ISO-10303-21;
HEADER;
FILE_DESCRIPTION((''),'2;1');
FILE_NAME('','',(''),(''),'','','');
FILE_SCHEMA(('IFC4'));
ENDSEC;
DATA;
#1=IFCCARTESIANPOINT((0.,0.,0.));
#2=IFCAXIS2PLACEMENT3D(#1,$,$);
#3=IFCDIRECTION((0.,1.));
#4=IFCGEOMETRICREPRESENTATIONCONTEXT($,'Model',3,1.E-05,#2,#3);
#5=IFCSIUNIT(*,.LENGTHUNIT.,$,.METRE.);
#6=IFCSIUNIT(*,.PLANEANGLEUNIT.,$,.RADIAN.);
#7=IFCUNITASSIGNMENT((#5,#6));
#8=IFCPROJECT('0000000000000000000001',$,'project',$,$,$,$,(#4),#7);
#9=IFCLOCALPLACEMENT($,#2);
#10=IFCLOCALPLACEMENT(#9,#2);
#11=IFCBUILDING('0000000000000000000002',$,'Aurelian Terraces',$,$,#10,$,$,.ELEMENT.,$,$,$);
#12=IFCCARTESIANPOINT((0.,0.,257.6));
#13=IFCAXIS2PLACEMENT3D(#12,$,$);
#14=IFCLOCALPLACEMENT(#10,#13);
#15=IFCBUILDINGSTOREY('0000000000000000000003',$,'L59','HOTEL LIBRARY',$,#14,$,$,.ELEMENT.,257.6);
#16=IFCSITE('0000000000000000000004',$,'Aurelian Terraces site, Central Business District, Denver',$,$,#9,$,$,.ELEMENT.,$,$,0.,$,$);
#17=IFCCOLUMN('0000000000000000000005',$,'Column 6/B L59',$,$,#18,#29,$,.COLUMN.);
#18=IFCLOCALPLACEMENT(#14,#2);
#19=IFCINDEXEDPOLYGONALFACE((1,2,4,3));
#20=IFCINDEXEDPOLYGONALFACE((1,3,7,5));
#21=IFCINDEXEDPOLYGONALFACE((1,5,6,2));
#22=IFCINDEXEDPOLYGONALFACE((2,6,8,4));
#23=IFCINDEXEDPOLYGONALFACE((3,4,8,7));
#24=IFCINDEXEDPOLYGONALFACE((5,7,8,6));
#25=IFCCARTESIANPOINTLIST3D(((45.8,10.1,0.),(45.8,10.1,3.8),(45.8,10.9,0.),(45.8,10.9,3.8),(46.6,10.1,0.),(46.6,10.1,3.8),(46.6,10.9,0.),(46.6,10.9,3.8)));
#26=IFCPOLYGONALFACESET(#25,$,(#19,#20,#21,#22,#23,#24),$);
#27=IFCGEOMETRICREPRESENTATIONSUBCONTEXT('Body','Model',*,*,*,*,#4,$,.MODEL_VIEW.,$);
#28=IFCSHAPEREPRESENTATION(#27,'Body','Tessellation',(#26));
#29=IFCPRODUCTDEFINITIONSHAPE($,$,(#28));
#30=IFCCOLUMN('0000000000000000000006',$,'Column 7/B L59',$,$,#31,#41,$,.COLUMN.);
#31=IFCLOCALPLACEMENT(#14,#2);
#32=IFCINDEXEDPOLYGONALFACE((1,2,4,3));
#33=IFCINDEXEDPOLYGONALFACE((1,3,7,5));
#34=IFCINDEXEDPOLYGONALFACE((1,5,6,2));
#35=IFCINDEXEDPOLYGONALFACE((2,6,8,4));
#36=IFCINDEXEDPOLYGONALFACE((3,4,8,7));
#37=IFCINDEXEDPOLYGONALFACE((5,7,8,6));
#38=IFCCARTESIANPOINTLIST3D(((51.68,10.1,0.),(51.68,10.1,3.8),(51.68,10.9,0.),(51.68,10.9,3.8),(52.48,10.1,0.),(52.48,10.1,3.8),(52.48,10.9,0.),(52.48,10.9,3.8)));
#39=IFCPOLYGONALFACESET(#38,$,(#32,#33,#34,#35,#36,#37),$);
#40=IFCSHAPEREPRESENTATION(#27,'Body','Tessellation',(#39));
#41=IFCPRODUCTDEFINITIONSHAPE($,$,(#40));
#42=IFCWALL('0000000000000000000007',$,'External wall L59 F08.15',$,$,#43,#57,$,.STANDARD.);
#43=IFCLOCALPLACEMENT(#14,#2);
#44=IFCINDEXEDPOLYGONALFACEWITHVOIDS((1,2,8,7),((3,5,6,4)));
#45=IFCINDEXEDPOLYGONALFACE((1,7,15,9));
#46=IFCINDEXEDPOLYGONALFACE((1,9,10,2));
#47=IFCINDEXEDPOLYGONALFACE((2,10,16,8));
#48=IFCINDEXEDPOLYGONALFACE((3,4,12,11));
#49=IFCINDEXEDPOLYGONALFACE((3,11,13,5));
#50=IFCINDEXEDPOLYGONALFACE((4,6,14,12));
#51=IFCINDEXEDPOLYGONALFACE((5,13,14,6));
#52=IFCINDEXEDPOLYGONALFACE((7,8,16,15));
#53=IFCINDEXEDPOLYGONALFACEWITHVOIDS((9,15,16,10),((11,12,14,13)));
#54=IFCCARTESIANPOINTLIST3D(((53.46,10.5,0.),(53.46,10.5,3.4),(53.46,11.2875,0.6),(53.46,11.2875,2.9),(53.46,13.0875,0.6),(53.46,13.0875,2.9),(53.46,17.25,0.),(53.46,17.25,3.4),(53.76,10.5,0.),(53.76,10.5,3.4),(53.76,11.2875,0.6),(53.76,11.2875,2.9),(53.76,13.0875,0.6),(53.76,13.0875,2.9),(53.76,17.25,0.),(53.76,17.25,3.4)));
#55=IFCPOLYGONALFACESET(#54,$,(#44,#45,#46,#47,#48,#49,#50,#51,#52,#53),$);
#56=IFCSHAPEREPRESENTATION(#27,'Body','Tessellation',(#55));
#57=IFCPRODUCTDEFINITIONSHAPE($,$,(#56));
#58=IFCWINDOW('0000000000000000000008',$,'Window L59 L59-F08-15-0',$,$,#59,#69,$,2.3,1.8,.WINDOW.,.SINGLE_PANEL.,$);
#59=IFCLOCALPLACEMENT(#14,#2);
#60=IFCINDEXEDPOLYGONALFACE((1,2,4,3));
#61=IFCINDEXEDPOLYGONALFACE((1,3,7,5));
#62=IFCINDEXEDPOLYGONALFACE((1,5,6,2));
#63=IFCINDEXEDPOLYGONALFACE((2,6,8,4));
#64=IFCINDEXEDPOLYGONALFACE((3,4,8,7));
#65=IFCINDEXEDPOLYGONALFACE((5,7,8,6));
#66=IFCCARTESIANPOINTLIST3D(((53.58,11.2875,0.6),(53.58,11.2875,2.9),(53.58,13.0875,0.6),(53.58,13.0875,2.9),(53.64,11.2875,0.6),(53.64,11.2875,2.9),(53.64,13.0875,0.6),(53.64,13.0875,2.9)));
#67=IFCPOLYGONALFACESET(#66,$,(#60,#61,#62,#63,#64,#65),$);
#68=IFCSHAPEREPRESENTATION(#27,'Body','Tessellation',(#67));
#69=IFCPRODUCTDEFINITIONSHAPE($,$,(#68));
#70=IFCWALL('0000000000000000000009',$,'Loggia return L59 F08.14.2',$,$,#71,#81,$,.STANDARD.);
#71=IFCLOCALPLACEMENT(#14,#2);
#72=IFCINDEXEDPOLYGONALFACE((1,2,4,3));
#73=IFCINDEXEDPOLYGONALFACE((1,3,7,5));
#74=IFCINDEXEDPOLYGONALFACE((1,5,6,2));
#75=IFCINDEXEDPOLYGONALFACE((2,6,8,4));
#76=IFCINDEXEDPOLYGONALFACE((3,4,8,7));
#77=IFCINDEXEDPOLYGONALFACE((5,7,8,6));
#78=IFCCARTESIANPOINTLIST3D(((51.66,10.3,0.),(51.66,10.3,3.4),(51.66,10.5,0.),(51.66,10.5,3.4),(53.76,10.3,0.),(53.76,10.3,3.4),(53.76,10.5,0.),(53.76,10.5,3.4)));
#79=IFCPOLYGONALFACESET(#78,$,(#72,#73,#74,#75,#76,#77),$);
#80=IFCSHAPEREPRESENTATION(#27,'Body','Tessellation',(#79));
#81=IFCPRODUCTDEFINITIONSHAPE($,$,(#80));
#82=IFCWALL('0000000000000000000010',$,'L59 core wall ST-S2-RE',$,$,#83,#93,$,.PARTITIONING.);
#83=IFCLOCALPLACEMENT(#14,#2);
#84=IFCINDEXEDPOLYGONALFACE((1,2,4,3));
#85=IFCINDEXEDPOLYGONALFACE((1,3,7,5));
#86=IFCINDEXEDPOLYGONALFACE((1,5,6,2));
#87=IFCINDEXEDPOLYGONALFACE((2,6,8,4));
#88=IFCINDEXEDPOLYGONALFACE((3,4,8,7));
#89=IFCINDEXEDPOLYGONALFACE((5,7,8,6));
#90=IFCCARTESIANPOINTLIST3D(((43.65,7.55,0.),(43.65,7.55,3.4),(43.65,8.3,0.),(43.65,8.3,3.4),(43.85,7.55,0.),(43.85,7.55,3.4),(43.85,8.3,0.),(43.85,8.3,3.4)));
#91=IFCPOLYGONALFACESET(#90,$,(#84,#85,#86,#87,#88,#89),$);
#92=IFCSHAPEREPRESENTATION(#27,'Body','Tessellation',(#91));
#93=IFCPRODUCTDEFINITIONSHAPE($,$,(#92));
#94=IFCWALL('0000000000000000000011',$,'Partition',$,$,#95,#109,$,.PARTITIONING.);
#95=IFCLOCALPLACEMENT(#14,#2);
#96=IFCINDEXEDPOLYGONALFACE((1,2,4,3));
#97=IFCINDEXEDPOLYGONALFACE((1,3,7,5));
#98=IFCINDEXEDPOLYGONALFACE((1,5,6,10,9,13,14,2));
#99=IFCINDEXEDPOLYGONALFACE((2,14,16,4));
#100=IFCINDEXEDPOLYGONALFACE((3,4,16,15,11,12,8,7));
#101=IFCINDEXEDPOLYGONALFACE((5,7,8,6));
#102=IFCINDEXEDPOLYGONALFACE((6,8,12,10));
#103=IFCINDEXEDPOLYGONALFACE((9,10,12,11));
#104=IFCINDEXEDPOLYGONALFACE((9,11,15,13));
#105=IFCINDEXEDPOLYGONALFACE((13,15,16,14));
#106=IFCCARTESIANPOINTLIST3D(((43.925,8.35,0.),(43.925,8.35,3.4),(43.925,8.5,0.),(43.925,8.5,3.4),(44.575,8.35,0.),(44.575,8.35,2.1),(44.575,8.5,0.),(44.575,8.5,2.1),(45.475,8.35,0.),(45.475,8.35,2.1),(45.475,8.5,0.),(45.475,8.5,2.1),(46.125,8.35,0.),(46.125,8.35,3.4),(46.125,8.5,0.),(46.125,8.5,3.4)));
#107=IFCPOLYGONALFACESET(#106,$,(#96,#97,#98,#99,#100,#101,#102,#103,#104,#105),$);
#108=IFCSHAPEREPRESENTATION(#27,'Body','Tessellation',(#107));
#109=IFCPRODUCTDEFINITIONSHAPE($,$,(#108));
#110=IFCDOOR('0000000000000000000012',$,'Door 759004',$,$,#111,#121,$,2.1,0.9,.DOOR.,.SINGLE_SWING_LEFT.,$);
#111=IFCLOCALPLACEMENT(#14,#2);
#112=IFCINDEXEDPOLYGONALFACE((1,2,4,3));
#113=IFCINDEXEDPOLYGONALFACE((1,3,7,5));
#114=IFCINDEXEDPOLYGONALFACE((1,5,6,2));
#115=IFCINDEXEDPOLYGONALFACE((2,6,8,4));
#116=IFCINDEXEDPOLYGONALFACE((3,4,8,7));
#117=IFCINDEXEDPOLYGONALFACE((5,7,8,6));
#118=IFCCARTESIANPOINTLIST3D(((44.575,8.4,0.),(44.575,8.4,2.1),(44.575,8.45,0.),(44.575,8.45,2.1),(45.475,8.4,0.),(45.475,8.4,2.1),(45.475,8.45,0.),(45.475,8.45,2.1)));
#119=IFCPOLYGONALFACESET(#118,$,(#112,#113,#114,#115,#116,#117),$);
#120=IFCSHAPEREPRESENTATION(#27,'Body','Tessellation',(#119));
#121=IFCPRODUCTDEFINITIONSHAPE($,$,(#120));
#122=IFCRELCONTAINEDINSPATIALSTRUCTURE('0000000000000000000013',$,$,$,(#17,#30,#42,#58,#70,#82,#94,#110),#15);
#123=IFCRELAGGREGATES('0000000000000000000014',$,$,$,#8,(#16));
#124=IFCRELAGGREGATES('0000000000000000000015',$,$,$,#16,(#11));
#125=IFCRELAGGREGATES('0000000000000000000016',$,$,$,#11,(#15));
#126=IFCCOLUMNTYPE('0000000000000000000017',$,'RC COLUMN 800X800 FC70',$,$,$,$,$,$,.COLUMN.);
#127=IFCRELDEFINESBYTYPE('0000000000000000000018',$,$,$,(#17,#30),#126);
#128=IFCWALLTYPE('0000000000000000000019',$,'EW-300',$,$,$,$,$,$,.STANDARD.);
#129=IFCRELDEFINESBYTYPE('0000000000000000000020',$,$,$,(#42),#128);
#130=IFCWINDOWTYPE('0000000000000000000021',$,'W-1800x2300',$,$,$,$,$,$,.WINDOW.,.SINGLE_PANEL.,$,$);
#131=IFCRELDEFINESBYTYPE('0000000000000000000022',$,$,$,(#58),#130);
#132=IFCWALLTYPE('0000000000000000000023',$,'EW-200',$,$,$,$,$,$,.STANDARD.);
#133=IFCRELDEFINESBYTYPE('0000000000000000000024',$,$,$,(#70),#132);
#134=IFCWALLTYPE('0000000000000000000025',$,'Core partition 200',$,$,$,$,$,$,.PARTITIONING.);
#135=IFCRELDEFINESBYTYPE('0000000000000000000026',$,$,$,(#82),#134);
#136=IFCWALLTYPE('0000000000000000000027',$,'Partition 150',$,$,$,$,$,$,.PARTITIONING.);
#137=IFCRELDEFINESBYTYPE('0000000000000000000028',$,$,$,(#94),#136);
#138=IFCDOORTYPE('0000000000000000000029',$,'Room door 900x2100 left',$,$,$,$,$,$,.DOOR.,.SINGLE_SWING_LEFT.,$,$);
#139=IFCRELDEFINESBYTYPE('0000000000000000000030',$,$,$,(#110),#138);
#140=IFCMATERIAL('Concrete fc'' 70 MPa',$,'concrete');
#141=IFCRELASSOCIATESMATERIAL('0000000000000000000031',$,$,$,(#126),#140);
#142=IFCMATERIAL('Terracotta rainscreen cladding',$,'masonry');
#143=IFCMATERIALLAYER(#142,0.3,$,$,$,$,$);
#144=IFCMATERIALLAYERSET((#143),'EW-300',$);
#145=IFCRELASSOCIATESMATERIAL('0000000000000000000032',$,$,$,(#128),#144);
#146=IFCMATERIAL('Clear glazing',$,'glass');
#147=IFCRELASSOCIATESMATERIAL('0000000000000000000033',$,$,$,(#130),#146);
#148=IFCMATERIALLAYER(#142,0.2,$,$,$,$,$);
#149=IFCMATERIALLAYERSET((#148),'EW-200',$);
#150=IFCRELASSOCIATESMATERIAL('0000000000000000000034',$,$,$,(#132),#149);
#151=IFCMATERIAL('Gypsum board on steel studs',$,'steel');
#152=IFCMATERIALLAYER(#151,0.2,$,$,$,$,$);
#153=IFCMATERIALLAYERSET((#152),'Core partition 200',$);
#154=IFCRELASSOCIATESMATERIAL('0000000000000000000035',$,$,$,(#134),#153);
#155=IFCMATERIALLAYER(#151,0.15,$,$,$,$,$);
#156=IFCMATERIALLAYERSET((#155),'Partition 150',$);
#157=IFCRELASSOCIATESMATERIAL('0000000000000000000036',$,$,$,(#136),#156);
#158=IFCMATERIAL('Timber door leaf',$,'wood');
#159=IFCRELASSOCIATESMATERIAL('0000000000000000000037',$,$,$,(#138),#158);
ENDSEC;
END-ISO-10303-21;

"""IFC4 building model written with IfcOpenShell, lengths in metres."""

from ifc_helpers import new_model, si_unit, direction, frame, frame_2d, origin, origin_2d, place, context, subcontext, project, spatial, rectangle, extrude, source, transform, mapped, material, layer, layer_set, material_profile, profile_set, type_object, element, fill, save


model = new_model("IFC4")

# Units and contexts
model_context = context("Model", 3, precision=1e-05, world=origin(), true_north=direction((0.0, 1.0)))
body_context = subcontext(model_context, "Body", "Model", "MODEL_VIEW")
ifc_project = project(units=[si_unit("LENGTHUNIT", "METRE"), si_unit("PLANEANGLEUNIT", "RADIAN")], contexts=[model_context])

# Site, building, storey
site_placement = place(None, origin())
site = spatial("IfcSite", under=ifc_project, at=site_placement, Name="Aurelian Terraces site, Central Business District, Denver", CompositionType="ELEMENT", RefElevation=0.0)
building_placement = place(site_placement, origin())
building = spatial("IfcBuilding", under=site, at=building_placement, Name="Aurelian Terraces", CompositionType="ELEMENT")
storey_placement = place(building_placement, frame((0.0, 0.0, 257.6)))
storey = spatial("IfcBuildingStorey", under=building, at=storey_placement, Name="L59", Description="HOTEL LIBRARY", CompositionType="ELEMENT", Elevation=257.6)

# Columns
ifc_material_1 = material(Name="Concrete fc' 70 MPa", Category="concrete")
ifc_material_profile = material_profile(ifc_material_1, rectangle(XDim=0.8, YDim=0.8, at=origin_2d()))
ifc_profile_set = profile_set([ifc_material_profile], Name="Concrete fc' 70 MPa")
column_type = type_object("IfcColumnType", Name="RC COLUMN 800X800 FC70", PredefinedType="COLUMN", material=ifc_profile_set)
shared_shape_1 = source(origin(), body_context, "Body", "SweptSolid", [
    extrude(rectangle(XDim=0.8, YDim=0.8, at=origin_2d()), origin(), (0.0, 0.0, 1.0), 3.8),
])
for number, where, z_axis, x_axis, name in (
    (1, (46.2, 10.5, 0.0), (0.0, 0.0, 1.0), (1.0, 0.0, 0.0), "Column 6/B L59"),
    (2, (52.08, 10.5, 0.0), (0.0, 0.0, 1.0), (1.0, 0.0, 0.0), "Column 7/B L59"),
):
    element("IfcColumn", number, at=place(storey_placement, frame(where, z_axis=z_axis, x_axis=x_axis)), inside=storey, type_object=column_type, Name=name, PredefinedType="COLUMN", context=body_context, shape_type="MappedRepresentation", body=[
        mapped(shared_shape_1, transform((0.0, 0.0, 0.0), scale=1.0)),
    ])

# Wall, opening, window
ifc_material_2 = material(Name="Terracotta rainscreen cladding", Category="masonry")
ifc_layer_1 = layer(ifc_material_2, 0.3)
ifc_layer_set_1 = layer_set([ifc_layer_1], Name="EW-300")
wall_type_1 = type_object("IfcWallType", Name="EW-300", PredefinedType="STANDARD", material=ifc_layer_set_1)
shared_shape_2 = source(origin(), body_context, "Body", "SweptSolid", [
    extrude(rectangle(XDim=6.75, YDim=0.3, at=frame_2d((3.375, 0.0))), origin(), (0.0, 0.0, 1.0), 3.4),
])
wall_1_placement = place(storey_placement, frame((53.61, 10.5, 0.0), z_axis=(0.0, 0.0, 1.0), x_axis=(0.0, 1.0, 0.0)))
wall_1 = element("IfcWall", 3, at=wall_1_placement, inside=storey, type_object=wall_type_1, Name="External wall L59 F08.15", PredefinedType="STANDARD", context=body_context, shape_type="MappedRepresentation", body=[
    mapped(shared_shape_2, transform((0.0, 0.0, 0.0), scale=1.0)),
])
shared_shape_3 = source(origin(), body_context, "Body", "SweptSolid", [
    extrude(rectangle(XDim=1.8, YDim=2.3, at=frame_2d((0.9, 1.15))), frame((0.0, 0.16, 0.0), z_axis=(0.0, -1.0, 0.0), x_axis=(1.0, 0.0, 0.0)), (0.0, 0.0, 1.0), 0.32),
])
opening_1_placement = place(wall_1_placement, frame((0.7875, 0.0, 0.6)))
opening_1 = element("IfcOpeningElement", 4, at=opening_1_placement, cuts=wall_1, PredefinedType="OPENING", context=body_context, shape_type="MappedRepresentation", body=[
    mapped(shared_shape_3, transform((0.0, 0.0, 0.0), scale=1.0)),
])
ifc_material_3 = material(Name="Clear glazing", Category="glass")
window_type = type_object("IfcWindowType", Name="W-1800x2300", PartitioningType="SINGLE_PANEL", PredefinedType="WINDOW", material=ifc_material_3)
shared_shape_4 = source(origin(), body_context, "Body", "SweptSolid", [
    extrude(rectangle(XDim=1.8, YDim=2.3, at=frame_2d((0.9, 1.15))), frame((0.0, 0.03, 0.0), z_axis=(0.0, -1.0, 0.0), x_axis=(1.0, 0.0, 0.0)), (0.0, 0.0, 1.0), 0.06),
])
window_placement = place(opening_1_placement, origin())
window = element("IfcWindow", 5, at=window_placement, inside=storey, type_object=window_type, Name="Window L59 L59-F08-15-0", OverallHeight=2.3, OverallWidth=1.8, PartitioningType="SINGLE_PANEL", PredefinedType="WINDOW", context=body_context, shape_type="MappedRepresentation", body=[
    mapped(shared_shape_4, transform((0.0, 0.0, 0.0), scale=1.0)),
])
fill(opening_1, window)

# Walls
ifc_layer_2 = layer(ifc_material_2, 0.2)
ifc_layer_set_2 = layer_set([ifc_layer_2], Name="EW-200")
wall_type_2 = type_object("IfcWallType", Name="EW-200", PredefinedType="STANDARD", material=ifc_layer_set_2)
shared_shape_5 = source(origin(), body_context, "Body", "SweptSolid", [
    extrude(rectangle(XDim=2.1, YDim=0.2, at=frame_2d((1.05, 0.0))), origin(), (0.0, 0.0, 1.0), 3.4),
])
wall_2_placement = place(storey_placement, frame((53.76, 10.4, 0.0), z_axis=(0.0, 0.0, 1.0), x_axis=(-1.0, 0.0, 0.0)))
element("IfcWall", 6, at=wall_2_placement, inside=storey, type_object=wall_type_2, Name="Loggia return L59 F08.14.2", PredefinedType="STANDARD", context=body_context, shape_type="MappedRepresentation", body=[
    mapped(shared_shape_5, transform((0.0, 0.0, 0.0), scale=1.0)),
])
ifc_material_4 = material(Name="Gypsum board on steel studs", Category="steel")
ifc_layer_3 = layer(ifc_material_4, 0.2)
ifc_layer_set_3 = layer_set([ifc_layer_3], Name="Core partition 200")
wall_type_3 = type_object("IfcWallType", Name="Core partition 200", PredefinedType="PARTITIONING", material=ifc_layer_set_3)
shared_shape_6 = source(origin(), body_context, "Body", "SweptSolid", [
    extrude(rectangle(XDim=0.75, YDim=0.2, at=frame_2d((0.375, 0.0))), origin(), (0.0, 0.0, 1.0), 3.4),
])
wall_3_placement = place(storey_placement, frame((43.75, 7.55, 0.0), z_axis=(0.0, 0.0, 1.0), x_axis=(0.0, 1.0, 0.0)))
element("IfcWall", 7, at=wall_3_placement, inside=storey, type_object=wall_type_3, Name="L59 core wall ST-S2-RE", PredefinedType="PARTITIONING", context=body_context, shape_type="MappedRepresentation", body=[
    mapped(shared_shape_6, transform((0.0, 0.0, 0.0), scale=1.0)),
])

# Wall, opening, door
ifc_layer_4 = layer(ifc_material_4, 0.15)
ifc_layer_set_4 = layer_set([ifc_layer_4], Name="Partition 150")
wall_type_4 = type_object("IfcWallType", Name="Partition 150", PredefinedType="PARTITIONING", material=ifc_layer_set_4)
shared_shape_7 = source(origin(), body_context, "Body", "SweptSolid", [
    extrude(rectangle(XDim=2.2, YDim=0.15, at=frame_2d((1.1, 0.0))), origin(), (0.0, 0.0, 1.0), 3.4),
])
wall_4_placement = place(storey_placement, frame((46.125, 8.425, 0.0), z_axis=(0.0, 0.0, 1.0), x_axis=(-1.0, 0.0, 0.0)))
wall_4 = element("IfcWall", 8, at=wall_4_placement, inside=storey, type_object=wall_type_4, Name="Partition", PredefinedType="PARTITIONING", context=body_context, shape_type="MappedRepresentation", body=[
    mapped(shared_shape_7, transform((0.0, 0.0, 0.0), scale=1.0)),
])
shared_shape_8 = source(origin(), body_context, "Body", "SweptSolid", [
    extrude(rectangle(XDim=0.9, YDim=2.1, at=frame_2d((0.45, 1.05))), frame((0.0, 0.085, 0.0), z_axis=(0.0, -1.0, 0.0), x_axis=(1.0, 0.0, 0.0)), (0.0, 0.0, 1.0), 0.17),
])
opening_2_placement = place(wall_4_placement, frame((0.65, 0.0, 0.0)))
opening_2 = element("IfcOpeningElement", 9, at=opening_2_placement, cuts=wall_4, PredefinedType="OPENING", context=body_context, shape_type="MappedRepresentation", body=[
    mapped(shared_shape_8, transform((0.0, 0.0, 0.0), scale=1.0)),
])
ifc_material_5 = material(Name="Timber door leaf", Category="wood")
door_type_1 = type_object("IfcDoorType", Name="Room door 900x2100 left", OperationType="SINGLE_SWING_LEFT", PredefinedType="DOOR", material=ifc_material_5)
shared_shape_9 = source(origin(), body_context, "Body", "SweptSolid", [
    extrude(rectangle(XDim=0.9, YDim=2.1, at=frame_2d((0.45, 1.05))), frame((0.0, 0.025, 0.0), z_axis=(0.0, -1.0, 0.0), x_axis=(1.0, 0.0, 0.0)), (0.0, 0.0, 1.0), 0.05),
])
door_1_placement = place(opening_2_placement, origin())
door_1 = element("IfcDoor", 10, at=door_1_placement, inside=storey, type_object=door_type_1, Name="Door 759004", OperationType="SINGLE_SWING_LEFT", OverallHeight=2.1, OverallWidth=0.9, PredefinedType="DOOR", context=body_context, shape_type="MappedRepresentation", body=[
    mapped(shared_shape_9, transform((0.0, 0.0, 0.0), scale=1.0)),
])
fill(opening_2, door_1)

save(model, "model.ifc")
